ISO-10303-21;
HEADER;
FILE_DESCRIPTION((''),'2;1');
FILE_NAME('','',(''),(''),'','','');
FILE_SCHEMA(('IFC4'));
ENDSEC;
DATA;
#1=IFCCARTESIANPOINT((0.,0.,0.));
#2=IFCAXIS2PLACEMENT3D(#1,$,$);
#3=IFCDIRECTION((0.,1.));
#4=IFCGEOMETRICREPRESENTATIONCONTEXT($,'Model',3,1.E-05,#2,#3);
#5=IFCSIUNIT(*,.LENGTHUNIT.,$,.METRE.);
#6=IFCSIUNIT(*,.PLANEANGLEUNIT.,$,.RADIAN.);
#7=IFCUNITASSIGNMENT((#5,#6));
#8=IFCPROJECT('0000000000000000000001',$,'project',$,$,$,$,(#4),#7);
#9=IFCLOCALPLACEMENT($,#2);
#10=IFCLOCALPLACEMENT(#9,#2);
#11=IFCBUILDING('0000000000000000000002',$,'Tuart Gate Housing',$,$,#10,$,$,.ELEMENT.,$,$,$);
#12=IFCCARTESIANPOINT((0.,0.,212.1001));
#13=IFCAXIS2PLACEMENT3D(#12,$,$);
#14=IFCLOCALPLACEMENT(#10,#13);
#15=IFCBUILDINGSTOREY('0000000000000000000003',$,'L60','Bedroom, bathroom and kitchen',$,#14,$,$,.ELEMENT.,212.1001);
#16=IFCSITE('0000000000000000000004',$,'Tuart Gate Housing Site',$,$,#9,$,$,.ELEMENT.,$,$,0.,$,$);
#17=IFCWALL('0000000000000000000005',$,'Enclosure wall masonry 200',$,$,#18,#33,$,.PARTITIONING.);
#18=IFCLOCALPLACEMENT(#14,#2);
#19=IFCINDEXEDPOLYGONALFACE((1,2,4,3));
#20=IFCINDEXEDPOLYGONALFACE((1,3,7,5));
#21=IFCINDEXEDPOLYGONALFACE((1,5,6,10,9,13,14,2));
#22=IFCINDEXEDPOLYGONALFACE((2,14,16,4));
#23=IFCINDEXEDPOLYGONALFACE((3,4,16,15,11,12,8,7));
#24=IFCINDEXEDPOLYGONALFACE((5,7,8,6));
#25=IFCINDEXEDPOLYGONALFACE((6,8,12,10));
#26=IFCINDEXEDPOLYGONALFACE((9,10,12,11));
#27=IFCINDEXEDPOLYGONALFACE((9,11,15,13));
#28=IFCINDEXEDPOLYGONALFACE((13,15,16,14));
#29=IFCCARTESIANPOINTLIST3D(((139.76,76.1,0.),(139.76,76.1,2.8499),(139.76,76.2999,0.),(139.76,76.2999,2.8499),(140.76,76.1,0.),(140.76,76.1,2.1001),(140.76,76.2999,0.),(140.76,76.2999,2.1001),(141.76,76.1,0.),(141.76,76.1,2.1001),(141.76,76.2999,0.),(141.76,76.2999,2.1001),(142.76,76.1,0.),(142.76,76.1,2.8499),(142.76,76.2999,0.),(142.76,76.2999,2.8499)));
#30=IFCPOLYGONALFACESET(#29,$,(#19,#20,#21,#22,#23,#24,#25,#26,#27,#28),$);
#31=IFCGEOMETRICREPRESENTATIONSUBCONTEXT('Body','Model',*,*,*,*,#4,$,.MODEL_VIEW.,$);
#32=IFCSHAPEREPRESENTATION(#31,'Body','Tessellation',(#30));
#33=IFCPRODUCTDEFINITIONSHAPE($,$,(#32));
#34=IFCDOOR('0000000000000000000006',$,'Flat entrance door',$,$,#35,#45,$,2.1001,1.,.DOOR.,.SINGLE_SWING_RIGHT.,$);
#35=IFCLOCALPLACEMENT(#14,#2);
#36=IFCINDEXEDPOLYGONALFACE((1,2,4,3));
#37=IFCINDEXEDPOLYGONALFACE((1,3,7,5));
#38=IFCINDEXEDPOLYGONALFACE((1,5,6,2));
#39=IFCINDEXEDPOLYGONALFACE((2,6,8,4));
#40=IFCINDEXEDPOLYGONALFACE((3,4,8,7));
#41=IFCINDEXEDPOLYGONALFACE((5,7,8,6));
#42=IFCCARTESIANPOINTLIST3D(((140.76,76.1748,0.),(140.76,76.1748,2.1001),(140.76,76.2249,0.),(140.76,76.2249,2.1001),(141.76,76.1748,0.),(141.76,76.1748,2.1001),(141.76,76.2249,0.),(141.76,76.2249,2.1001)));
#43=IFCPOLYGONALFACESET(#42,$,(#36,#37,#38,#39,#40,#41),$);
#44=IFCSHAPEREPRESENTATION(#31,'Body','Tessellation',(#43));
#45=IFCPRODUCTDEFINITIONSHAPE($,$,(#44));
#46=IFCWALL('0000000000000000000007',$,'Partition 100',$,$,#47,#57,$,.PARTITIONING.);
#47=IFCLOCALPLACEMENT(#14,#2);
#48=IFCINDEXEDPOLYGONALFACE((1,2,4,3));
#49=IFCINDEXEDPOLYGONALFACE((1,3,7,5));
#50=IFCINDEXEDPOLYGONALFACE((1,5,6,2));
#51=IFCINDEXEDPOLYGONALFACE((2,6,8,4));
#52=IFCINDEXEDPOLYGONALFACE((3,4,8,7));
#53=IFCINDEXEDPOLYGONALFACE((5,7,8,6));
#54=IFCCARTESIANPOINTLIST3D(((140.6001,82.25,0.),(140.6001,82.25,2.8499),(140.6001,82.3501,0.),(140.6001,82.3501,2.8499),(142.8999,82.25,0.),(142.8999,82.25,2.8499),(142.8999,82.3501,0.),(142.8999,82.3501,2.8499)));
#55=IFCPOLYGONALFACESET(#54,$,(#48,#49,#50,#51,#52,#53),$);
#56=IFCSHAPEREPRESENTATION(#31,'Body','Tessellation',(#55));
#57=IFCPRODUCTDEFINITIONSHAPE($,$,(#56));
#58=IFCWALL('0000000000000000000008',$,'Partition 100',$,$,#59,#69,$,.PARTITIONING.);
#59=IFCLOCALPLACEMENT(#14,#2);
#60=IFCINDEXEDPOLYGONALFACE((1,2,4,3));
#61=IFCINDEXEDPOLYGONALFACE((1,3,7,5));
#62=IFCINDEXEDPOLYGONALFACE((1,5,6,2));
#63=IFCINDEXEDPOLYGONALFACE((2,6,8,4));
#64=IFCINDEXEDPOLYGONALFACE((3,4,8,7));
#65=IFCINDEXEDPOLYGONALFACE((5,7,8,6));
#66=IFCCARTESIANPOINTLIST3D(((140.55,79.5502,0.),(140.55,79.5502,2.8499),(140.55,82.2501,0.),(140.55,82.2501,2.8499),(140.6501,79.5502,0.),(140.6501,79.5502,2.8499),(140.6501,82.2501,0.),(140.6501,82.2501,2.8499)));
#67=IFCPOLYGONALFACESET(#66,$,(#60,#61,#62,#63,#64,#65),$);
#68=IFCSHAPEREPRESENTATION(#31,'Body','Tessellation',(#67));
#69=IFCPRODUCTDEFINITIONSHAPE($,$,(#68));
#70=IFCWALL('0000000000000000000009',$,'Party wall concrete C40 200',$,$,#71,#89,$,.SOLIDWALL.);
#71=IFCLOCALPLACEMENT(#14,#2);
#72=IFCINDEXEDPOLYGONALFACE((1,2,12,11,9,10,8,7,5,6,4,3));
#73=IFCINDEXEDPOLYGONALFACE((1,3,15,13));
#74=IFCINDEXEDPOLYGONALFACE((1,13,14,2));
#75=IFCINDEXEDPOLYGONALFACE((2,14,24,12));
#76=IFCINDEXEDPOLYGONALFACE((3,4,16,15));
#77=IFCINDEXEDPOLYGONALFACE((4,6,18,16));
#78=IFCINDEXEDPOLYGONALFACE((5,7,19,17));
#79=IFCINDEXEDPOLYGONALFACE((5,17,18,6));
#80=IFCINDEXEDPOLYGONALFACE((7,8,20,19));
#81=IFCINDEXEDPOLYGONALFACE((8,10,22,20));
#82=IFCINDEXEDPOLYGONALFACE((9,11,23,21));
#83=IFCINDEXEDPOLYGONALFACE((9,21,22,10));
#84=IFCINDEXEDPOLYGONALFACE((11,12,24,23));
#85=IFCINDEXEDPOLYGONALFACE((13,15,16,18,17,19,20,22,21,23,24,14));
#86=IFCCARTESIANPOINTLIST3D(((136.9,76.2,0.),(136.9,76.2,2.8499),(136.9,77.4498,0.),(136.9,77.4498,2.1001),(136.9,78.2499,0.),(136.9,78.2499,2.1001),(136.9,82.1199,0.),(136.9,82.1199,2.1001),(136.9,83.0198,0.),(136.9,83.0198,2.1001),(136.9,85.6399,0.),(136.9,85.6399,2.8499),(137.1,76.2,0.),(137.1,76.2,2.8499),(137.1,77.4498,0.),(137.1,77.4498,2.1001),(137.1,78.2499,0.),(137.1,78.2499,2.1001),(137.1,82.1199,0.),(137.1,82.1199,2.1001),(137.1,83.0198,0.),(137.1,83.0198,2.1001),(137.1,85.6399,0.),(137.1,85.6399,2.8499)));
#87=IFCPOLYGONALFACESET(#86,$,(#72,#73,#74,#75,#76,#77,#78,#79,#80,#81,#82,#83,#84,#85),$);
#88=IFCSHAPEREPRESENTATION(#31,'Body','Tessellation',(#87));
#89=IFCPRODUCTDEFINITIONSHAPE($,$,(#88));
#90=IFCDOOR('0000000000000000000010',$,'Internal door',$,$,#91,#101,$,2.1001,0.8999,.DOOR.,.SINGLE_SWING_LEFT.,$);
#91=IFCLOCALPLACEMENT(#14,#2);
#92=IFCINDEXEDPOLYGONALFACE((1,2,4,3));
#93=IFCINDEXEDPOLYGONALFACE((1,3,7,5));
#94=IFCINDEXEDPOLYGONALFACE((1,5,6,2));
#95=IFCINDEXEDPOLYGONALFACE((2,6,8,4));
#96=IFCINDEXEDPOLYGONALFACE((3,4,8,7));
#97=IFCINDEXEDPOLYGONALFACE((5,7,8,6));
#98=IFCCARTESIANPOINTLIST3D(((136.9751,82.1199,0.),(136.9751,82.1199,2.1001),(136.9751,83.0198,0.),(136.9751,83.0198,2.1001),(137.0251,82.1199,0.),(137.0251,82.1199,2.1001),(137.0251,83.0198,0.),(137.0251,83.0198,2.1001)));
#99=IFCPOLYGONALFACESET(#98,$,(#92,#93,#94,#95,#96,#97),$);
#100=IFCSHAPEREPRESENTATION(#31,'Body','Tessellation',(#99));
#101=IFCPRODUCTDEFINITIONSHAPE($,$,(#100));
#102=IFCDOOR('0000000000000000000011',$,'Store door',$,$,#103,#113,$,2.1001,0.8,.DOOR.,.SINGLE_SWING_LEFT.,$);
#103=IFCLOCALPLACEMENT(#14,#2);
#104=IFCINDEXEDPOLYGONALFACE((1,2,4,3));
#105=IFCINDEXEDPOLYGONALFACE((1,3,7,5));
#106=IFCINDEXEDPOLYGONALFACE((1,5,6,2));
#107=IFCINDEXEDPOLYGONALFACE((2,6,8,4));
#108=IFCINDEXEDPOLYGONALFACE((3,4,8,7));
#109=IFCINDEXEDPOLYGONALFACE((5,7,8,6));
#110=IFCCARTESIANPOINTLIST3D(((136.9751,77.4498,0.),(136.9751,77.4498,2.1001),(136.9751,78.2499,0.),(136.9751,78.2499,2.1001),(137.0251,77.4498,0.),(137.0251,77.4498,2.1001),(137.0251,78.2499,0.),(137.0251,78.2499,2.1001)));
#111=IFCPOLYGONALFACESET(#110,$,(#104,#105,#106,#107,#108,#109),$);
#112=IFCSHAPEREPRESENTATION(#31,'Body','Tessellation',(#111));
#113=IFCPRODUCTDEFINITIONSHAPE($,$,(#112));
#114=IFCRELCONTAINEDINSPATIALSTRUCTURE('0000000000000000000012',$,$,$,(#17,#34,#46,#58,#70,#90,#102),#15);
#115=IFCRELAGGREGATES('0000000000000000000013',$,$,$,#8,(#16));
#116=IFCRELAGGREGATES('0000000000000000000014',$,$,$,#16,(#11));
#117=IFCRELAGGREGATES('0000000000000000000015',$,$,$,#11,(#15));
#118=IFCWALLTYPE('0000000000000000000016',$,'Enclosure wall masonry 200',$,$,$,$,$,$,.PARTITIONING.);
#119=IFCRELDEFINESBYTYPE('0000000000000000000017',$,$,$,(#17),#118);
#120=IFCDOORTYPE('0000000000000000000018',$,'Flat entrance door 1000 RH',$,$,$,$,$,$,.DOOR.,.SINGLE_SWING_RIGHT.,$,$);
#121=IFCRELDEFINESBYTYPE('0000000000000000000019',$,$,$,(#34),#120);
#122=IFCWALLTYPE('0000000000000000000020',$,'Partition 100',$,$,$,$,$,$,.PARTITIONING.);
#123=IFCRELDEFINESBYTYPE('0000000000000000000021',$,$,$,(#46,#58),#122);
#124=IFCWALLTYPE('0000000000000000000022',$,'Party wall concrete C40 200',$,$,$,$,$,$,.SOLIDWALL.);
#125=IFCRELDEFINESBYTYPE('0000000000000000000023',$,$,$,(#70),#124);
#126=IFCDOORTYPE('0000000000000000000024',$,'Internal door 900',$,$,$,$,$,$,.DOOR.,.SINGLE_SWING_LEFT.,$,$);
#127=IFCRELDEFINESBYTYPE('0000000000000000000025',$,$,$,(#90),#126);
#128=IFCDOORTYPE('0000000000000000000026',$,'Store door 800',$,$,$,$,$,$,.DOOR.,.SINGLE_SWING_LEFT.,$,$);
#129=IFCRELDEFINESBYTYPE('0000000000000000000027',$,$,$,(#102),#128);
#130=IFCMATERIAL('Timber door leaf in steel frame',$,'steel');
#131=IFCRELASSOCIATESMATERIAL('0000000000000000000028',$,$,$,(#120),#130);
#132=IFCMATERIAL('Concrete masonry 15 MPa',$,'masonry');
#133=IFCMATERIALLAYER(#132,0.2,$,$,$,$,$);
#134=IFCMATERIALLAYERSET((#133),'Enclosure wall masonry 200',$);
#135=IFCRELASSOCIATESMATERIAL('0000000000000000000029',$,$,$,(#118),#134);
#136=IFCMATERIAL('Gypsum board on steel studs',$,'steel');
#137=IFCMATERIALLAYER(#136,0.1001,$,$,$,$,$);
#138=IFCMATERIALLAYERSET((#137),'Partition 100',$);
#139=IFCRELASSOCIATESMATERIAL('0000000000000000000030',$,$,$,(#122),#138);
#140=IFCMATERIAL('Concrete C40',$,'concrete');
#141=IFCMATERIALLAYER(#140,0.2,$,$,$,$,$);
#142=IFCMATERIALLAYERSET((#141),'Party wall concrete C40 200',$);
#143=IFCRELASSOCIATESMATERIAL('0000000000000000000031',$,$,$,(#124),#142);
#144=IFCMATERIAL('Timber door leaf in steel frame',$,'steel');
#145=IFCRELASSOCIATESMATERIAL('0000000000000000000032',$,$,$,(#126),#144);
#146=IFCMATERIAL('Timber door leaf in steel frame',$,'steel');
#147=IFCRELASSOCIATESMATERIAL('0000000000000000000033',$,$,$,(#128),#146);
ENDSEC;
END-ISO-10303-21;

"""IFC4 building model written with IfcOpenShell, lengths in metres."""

from ifc_helpers import new_model, si_unit, direction, frame, frame_2d, origin, place, context, subcontext, project, spatial, rectangle, extrude, material, layer, layer_set, type_object, element, fill, save


model = new_model("IFC4")

# Units and contexts
model_context = context("Model", 3, precision=1e-05, world=origin(), true_north=direction((0.0, 1.0)))
body_context = subcontext(model_context, "Body", "Model", "MODEL_VIEW")
ifc_project = project(units=[si_unit("LENGTHUNIT", "METRE"), si_unit("PLANEANGLEUNIT", "RADIAN")], contexts=[model_context])

# Site, building, storey
site_placement = place(None, origin())
site = spatial("IfcSite", under=ifc_project, at=site_placement, Name="Tuart Gate Housing Site", CompositionType="ELEMENT", RefElevation=0.0)
building_placement = place(site_placement, origin())
building = spatial("IfcBuilding", under=site, at=building_placement, Name="Tuart Gate Housing", CompositionType="ELEMENT")
storey_placement = place(building_placement, frame((0.0, 0.0, 212.1001)))
storey = spatial("IfcBuildingStorey", under=building, at=storey_placement, Name="L60", Description="Bedroom, bathroom and kitchen", CompositionType="ELEMENT", Elevation=212.1001)

# Shared definitions
ifc_material_1 = material(Name="Timber door leaf in steel frame", Category="steel")
door_type_1 = type_object("IfcDoorType", Name="Flat entrance door 1000 RH", OperationType="SINGLE_SWING_RIGHT", PredefinedType="DOOR", material=ifc_material_1)

# Wall, opening, door
ifc_material_2 = material(Name="Concrete masonry 15 MPa", Category="masonry")
ifc_layer_1 = layer(ifc_material_2, 0.2)
ifc_layer_set_1 = layer_set([ifc_layer_1], Name="Enclosure wall masonry 200")
wall_type_1 = type_object("IfcWallType", Name="Enclosure wall masonry 200", PredefinedType="PARTITIONING", material=ifc_layer_set_1)
wall_1_placement = place(storey_placement, frame((139.76, 76.2, 0.0), z_axis=(0.0, 0.0, 1.0), x_axis=(1.0, 0.0, 0.0)))
wall_1 = element("IfcWall", 1, at=wall_1_placement, inside=storey, type_object=wall_type_1, Name="Enclosure wall masonry 200", PredefinedType="PARTITIONING", context=body_context, shape_type="SweptSolid", body=[
    extrude(rectangle(XDim=3.0, YDim=0.2, at=frame_2d((1.5, 0.0))), origin(), (0.0, 0.0, 1.0), 2.8499),
])
opening_1_placement = place(wall_1_placement, frame((1.0, 0.0, 0.0)))
opening_1 = element("IfcOpeningElement", 2, at=opening_1_placement, cuts=wall_1, PredefinedType="OPENING", context=body_context, shape_type="SweptSolid", body=[
    extrude(rectangle(XDim=1.0, YDim=2.1001, at=frame_2d((0.5, 1.05))), frame((0.0, 0.1099, 0.0), z_axis=(0.0, -1.0, 0.0), x_axis=(1.0, 0.0, 0.0)), (0.0, 0.0, 1.0), 0.22),
])
door_1_placement = place(opening_1_placement, origin())
door_1 = element("IfcDoor", 3, at=door_1_placement, inside=storey, type_object=door_type_1, Name="Flat entrance door", OperationType="SINGLE_SWING_RIGHT", OverallHeight=2.1001, OverallWidth=1.0, PredefinedType="DOOR", context=body_context, shape_type="SweptSolid", body=[
    extrude(rectangle(XDim=1.0, YDim=2.1001, at=frame_2d((0.5, 1.05))), frame((0.0, 0.0249, 0.0), z_axis=(0.0, -1.0, 0.0), x_axis=(1.0, 0.0, 0.0)), (0.0, 0.0, 1.0), 0.05),
])
fill(opening_1, door_1)

# Walls
ifc_material_3 = material(Name="Gypsum board on steel studs", Category="steel")
ifc_layer_2 = layer(ifc_material_3, 0.1001)
ifc_layer_set_2 = layer_set([ifc_layer_2], Name="Partition 100")
wall_type_2 = type_object("IfcWallType", Name="Partition 100", PredefinedType="PARTITIONING", material=ifc_layer_set_2)
wall_2_placement = place(storey_placement, frame((140.6001, 82.3, 0.0), z_axis=(0.0, 0.0, 1.0), x_axis=(1.0, 0.0, 0.0)))
element("IfcWall", 4, at=wall_2_placement, inside=storey, type_object=wall_type_2, Name="Partition 100", PredefinedType="PARTITIONING", context=body_context, shape_type="SweptSolid", body=[
    extrude(rectangle(XDim=2.2998, YDim=0.1001, at=frame_2d((1.1499, 0.0))), origin(), (0.0, 0.0, 1.0), 2.8499),
])
wall_3_placement = place(storey_placement, frame((140.6001, 79.55, 0.0), z_axis=(0.0, 0.0, 1.0), x_axis=(0.0, 1.0, 0.0)))
element("IfcWall", 5, at=wall_3_placement, inside=storey, type_object=wall_type_2, Name="Partition 100", PredefinedType="PARTITIONING", context=body_context, shape_type="SweptSolid", body=[
    extrude(rectangle(XDim=2.7, YDim=0.1001, at=frame_2d((1.3501, 0.0))), origin(), (0.0, 0.0, 1.0), 2.8499),
])

# Wall, openings, doors
ifc_material_4 = material(Name="Concrete C40", Category="concrete")
ifc_layer_3 = layer(ifc_material_4, 0.2)
ifc_layer_set_3 = layer_set([ifc_layer_3], Name="Party wall concrete C40 200")
wall_type_3 = type_object("IfcWallType", Name="Party wall concrete C40 200", PredefinedType="SOLIDWALL", material=ifc_layer_set_3)
wall_4_placement = place(storey_placement, frame((137.0, 76.2, 0.0), z_axis=(0.0, 0.0, 1.0), x_axis=(0.0, 1.0, 0.0)))
wall_4 = element("IfcWall", 6, at=wall_4_placement, inside=storey, type_object=wall_type_3, Name="Party wall concrete C40 200", PredefinedType="SOLIDWALL", context=body_context, shape_type="SweptSolid", body=[
    extrude(rectangle(XDim=9.4399, YDim=0.2, at=frame_2d((4.72, 0.0))), origin(), (0.0, 0.0, 1.0), 2.8499),
])
opening_2_placement = place(wall_4_placement, frame((5.9199, 0.0, 0.0)))
opening_2 = element("IfcOpeningElement", 7, at=opening_2_placement, cuts=wall_4, PredefinedType="OPENING", context=body_context, shape_type="SweptSolid", body=[
    extrude(rectangle(XDim=0.8999, YDim=2.1001, at=frame_2d((0.45, 1.05))), frame((0.0, 0.1099, 0.0), z_axis=(0.0, -1.0, 0.0), x_axis=(1.0, 0.0, 0.0)), (0.0, 0.0, 1.0), 0.22),
])
opening_3_placement = place(wall_4_placement, frame((1.25, 0.0, 0.0)))
opening_3 = element("IfcOpeningElement", 8, at=opening_3_placement, cuts=wall_4, PredefinedType="OPENING", context=body_context, shape_type="SweptSolid", body=[
    extrude(rectangle(XDim=0.8, YDim=2.1001, at=frame_2d((0.3999, 1.05))), frame((0.0, 0.1099, 0.0), z_axis=(0.0, -1.0, 0.0), x_axis=(1.0, 0.0, 0.0)), (0.0, 0.0, 1.0), 0.22),
])
ifc_material_5 = material(Name="Timber door leaf in steel frame", Category="steel")
door_type_2 = type_object("IfcDoorType", Name="Internal door 900", OperationType="SINGLE_SWING_LEFT", PredefinedType="DOOR", material=ifc_material_5)
door_2_placement = place(opening_2_placement, origin())
door_2 = element("IfcDoor", 9, at=door_2_placement, inside=storey, type_object=door_type_2, Name="Internal door", OperationType="SINGLE_SWING_LEFT", OverallHeight=2.1001, OverallWidth=0.8999, PredefinedType="DOOR", context=body_context, shape_type="SweptSolid", body=[
    extrude(rectangle(XDim=0.8999, YDim=2.1001, at=frame_2d((0.45, 1.05))), frame((0.0, 0.0249, 0.0), z_axis=(0.0, -1.0, 0.0), x_axis=(1.0, 0.0, 0.0)), (0.0, 0.0, 1.0), 0.05),
])
fill(opening_2, door_2)
ifc_material_6 = material(Name="Timber door leaf in steel frame", Category="steel")
door_type_3 = type_object("IfcDoorType", Name="Store door 800", OperationType="SINGLE_SWING_LEFT", PredefinedType="DOOR", material=ifc_material_6)
door_3_placement = place(opening_3_placement, origin())
door_3 = element("IfcDoor", 10, at=door_3_placement, inside=storey, type_object=door_type_3, Name="Store door", OperationType="SINGLE_SWING_LEFT", OverallHeight=2.1001, OverallWidth=0.8, PredefinedType="DOOR", context=body_context, shape_type="SweptSolid", body=[
    extrude(rectangle(XDim=0.8, YDim=2.1001, at=frame_2d((0.3999, 1.05))), frame((0.0, 0.0249, 0.0), z_axis=(0.0, -1.0, 0.0), x_axis=(1.0, 0.0, 0.0)), (0.0, 0.0, 1.0), 0.05),
])
fill(opening_3, door_3)

save(model, "model.ifc")
